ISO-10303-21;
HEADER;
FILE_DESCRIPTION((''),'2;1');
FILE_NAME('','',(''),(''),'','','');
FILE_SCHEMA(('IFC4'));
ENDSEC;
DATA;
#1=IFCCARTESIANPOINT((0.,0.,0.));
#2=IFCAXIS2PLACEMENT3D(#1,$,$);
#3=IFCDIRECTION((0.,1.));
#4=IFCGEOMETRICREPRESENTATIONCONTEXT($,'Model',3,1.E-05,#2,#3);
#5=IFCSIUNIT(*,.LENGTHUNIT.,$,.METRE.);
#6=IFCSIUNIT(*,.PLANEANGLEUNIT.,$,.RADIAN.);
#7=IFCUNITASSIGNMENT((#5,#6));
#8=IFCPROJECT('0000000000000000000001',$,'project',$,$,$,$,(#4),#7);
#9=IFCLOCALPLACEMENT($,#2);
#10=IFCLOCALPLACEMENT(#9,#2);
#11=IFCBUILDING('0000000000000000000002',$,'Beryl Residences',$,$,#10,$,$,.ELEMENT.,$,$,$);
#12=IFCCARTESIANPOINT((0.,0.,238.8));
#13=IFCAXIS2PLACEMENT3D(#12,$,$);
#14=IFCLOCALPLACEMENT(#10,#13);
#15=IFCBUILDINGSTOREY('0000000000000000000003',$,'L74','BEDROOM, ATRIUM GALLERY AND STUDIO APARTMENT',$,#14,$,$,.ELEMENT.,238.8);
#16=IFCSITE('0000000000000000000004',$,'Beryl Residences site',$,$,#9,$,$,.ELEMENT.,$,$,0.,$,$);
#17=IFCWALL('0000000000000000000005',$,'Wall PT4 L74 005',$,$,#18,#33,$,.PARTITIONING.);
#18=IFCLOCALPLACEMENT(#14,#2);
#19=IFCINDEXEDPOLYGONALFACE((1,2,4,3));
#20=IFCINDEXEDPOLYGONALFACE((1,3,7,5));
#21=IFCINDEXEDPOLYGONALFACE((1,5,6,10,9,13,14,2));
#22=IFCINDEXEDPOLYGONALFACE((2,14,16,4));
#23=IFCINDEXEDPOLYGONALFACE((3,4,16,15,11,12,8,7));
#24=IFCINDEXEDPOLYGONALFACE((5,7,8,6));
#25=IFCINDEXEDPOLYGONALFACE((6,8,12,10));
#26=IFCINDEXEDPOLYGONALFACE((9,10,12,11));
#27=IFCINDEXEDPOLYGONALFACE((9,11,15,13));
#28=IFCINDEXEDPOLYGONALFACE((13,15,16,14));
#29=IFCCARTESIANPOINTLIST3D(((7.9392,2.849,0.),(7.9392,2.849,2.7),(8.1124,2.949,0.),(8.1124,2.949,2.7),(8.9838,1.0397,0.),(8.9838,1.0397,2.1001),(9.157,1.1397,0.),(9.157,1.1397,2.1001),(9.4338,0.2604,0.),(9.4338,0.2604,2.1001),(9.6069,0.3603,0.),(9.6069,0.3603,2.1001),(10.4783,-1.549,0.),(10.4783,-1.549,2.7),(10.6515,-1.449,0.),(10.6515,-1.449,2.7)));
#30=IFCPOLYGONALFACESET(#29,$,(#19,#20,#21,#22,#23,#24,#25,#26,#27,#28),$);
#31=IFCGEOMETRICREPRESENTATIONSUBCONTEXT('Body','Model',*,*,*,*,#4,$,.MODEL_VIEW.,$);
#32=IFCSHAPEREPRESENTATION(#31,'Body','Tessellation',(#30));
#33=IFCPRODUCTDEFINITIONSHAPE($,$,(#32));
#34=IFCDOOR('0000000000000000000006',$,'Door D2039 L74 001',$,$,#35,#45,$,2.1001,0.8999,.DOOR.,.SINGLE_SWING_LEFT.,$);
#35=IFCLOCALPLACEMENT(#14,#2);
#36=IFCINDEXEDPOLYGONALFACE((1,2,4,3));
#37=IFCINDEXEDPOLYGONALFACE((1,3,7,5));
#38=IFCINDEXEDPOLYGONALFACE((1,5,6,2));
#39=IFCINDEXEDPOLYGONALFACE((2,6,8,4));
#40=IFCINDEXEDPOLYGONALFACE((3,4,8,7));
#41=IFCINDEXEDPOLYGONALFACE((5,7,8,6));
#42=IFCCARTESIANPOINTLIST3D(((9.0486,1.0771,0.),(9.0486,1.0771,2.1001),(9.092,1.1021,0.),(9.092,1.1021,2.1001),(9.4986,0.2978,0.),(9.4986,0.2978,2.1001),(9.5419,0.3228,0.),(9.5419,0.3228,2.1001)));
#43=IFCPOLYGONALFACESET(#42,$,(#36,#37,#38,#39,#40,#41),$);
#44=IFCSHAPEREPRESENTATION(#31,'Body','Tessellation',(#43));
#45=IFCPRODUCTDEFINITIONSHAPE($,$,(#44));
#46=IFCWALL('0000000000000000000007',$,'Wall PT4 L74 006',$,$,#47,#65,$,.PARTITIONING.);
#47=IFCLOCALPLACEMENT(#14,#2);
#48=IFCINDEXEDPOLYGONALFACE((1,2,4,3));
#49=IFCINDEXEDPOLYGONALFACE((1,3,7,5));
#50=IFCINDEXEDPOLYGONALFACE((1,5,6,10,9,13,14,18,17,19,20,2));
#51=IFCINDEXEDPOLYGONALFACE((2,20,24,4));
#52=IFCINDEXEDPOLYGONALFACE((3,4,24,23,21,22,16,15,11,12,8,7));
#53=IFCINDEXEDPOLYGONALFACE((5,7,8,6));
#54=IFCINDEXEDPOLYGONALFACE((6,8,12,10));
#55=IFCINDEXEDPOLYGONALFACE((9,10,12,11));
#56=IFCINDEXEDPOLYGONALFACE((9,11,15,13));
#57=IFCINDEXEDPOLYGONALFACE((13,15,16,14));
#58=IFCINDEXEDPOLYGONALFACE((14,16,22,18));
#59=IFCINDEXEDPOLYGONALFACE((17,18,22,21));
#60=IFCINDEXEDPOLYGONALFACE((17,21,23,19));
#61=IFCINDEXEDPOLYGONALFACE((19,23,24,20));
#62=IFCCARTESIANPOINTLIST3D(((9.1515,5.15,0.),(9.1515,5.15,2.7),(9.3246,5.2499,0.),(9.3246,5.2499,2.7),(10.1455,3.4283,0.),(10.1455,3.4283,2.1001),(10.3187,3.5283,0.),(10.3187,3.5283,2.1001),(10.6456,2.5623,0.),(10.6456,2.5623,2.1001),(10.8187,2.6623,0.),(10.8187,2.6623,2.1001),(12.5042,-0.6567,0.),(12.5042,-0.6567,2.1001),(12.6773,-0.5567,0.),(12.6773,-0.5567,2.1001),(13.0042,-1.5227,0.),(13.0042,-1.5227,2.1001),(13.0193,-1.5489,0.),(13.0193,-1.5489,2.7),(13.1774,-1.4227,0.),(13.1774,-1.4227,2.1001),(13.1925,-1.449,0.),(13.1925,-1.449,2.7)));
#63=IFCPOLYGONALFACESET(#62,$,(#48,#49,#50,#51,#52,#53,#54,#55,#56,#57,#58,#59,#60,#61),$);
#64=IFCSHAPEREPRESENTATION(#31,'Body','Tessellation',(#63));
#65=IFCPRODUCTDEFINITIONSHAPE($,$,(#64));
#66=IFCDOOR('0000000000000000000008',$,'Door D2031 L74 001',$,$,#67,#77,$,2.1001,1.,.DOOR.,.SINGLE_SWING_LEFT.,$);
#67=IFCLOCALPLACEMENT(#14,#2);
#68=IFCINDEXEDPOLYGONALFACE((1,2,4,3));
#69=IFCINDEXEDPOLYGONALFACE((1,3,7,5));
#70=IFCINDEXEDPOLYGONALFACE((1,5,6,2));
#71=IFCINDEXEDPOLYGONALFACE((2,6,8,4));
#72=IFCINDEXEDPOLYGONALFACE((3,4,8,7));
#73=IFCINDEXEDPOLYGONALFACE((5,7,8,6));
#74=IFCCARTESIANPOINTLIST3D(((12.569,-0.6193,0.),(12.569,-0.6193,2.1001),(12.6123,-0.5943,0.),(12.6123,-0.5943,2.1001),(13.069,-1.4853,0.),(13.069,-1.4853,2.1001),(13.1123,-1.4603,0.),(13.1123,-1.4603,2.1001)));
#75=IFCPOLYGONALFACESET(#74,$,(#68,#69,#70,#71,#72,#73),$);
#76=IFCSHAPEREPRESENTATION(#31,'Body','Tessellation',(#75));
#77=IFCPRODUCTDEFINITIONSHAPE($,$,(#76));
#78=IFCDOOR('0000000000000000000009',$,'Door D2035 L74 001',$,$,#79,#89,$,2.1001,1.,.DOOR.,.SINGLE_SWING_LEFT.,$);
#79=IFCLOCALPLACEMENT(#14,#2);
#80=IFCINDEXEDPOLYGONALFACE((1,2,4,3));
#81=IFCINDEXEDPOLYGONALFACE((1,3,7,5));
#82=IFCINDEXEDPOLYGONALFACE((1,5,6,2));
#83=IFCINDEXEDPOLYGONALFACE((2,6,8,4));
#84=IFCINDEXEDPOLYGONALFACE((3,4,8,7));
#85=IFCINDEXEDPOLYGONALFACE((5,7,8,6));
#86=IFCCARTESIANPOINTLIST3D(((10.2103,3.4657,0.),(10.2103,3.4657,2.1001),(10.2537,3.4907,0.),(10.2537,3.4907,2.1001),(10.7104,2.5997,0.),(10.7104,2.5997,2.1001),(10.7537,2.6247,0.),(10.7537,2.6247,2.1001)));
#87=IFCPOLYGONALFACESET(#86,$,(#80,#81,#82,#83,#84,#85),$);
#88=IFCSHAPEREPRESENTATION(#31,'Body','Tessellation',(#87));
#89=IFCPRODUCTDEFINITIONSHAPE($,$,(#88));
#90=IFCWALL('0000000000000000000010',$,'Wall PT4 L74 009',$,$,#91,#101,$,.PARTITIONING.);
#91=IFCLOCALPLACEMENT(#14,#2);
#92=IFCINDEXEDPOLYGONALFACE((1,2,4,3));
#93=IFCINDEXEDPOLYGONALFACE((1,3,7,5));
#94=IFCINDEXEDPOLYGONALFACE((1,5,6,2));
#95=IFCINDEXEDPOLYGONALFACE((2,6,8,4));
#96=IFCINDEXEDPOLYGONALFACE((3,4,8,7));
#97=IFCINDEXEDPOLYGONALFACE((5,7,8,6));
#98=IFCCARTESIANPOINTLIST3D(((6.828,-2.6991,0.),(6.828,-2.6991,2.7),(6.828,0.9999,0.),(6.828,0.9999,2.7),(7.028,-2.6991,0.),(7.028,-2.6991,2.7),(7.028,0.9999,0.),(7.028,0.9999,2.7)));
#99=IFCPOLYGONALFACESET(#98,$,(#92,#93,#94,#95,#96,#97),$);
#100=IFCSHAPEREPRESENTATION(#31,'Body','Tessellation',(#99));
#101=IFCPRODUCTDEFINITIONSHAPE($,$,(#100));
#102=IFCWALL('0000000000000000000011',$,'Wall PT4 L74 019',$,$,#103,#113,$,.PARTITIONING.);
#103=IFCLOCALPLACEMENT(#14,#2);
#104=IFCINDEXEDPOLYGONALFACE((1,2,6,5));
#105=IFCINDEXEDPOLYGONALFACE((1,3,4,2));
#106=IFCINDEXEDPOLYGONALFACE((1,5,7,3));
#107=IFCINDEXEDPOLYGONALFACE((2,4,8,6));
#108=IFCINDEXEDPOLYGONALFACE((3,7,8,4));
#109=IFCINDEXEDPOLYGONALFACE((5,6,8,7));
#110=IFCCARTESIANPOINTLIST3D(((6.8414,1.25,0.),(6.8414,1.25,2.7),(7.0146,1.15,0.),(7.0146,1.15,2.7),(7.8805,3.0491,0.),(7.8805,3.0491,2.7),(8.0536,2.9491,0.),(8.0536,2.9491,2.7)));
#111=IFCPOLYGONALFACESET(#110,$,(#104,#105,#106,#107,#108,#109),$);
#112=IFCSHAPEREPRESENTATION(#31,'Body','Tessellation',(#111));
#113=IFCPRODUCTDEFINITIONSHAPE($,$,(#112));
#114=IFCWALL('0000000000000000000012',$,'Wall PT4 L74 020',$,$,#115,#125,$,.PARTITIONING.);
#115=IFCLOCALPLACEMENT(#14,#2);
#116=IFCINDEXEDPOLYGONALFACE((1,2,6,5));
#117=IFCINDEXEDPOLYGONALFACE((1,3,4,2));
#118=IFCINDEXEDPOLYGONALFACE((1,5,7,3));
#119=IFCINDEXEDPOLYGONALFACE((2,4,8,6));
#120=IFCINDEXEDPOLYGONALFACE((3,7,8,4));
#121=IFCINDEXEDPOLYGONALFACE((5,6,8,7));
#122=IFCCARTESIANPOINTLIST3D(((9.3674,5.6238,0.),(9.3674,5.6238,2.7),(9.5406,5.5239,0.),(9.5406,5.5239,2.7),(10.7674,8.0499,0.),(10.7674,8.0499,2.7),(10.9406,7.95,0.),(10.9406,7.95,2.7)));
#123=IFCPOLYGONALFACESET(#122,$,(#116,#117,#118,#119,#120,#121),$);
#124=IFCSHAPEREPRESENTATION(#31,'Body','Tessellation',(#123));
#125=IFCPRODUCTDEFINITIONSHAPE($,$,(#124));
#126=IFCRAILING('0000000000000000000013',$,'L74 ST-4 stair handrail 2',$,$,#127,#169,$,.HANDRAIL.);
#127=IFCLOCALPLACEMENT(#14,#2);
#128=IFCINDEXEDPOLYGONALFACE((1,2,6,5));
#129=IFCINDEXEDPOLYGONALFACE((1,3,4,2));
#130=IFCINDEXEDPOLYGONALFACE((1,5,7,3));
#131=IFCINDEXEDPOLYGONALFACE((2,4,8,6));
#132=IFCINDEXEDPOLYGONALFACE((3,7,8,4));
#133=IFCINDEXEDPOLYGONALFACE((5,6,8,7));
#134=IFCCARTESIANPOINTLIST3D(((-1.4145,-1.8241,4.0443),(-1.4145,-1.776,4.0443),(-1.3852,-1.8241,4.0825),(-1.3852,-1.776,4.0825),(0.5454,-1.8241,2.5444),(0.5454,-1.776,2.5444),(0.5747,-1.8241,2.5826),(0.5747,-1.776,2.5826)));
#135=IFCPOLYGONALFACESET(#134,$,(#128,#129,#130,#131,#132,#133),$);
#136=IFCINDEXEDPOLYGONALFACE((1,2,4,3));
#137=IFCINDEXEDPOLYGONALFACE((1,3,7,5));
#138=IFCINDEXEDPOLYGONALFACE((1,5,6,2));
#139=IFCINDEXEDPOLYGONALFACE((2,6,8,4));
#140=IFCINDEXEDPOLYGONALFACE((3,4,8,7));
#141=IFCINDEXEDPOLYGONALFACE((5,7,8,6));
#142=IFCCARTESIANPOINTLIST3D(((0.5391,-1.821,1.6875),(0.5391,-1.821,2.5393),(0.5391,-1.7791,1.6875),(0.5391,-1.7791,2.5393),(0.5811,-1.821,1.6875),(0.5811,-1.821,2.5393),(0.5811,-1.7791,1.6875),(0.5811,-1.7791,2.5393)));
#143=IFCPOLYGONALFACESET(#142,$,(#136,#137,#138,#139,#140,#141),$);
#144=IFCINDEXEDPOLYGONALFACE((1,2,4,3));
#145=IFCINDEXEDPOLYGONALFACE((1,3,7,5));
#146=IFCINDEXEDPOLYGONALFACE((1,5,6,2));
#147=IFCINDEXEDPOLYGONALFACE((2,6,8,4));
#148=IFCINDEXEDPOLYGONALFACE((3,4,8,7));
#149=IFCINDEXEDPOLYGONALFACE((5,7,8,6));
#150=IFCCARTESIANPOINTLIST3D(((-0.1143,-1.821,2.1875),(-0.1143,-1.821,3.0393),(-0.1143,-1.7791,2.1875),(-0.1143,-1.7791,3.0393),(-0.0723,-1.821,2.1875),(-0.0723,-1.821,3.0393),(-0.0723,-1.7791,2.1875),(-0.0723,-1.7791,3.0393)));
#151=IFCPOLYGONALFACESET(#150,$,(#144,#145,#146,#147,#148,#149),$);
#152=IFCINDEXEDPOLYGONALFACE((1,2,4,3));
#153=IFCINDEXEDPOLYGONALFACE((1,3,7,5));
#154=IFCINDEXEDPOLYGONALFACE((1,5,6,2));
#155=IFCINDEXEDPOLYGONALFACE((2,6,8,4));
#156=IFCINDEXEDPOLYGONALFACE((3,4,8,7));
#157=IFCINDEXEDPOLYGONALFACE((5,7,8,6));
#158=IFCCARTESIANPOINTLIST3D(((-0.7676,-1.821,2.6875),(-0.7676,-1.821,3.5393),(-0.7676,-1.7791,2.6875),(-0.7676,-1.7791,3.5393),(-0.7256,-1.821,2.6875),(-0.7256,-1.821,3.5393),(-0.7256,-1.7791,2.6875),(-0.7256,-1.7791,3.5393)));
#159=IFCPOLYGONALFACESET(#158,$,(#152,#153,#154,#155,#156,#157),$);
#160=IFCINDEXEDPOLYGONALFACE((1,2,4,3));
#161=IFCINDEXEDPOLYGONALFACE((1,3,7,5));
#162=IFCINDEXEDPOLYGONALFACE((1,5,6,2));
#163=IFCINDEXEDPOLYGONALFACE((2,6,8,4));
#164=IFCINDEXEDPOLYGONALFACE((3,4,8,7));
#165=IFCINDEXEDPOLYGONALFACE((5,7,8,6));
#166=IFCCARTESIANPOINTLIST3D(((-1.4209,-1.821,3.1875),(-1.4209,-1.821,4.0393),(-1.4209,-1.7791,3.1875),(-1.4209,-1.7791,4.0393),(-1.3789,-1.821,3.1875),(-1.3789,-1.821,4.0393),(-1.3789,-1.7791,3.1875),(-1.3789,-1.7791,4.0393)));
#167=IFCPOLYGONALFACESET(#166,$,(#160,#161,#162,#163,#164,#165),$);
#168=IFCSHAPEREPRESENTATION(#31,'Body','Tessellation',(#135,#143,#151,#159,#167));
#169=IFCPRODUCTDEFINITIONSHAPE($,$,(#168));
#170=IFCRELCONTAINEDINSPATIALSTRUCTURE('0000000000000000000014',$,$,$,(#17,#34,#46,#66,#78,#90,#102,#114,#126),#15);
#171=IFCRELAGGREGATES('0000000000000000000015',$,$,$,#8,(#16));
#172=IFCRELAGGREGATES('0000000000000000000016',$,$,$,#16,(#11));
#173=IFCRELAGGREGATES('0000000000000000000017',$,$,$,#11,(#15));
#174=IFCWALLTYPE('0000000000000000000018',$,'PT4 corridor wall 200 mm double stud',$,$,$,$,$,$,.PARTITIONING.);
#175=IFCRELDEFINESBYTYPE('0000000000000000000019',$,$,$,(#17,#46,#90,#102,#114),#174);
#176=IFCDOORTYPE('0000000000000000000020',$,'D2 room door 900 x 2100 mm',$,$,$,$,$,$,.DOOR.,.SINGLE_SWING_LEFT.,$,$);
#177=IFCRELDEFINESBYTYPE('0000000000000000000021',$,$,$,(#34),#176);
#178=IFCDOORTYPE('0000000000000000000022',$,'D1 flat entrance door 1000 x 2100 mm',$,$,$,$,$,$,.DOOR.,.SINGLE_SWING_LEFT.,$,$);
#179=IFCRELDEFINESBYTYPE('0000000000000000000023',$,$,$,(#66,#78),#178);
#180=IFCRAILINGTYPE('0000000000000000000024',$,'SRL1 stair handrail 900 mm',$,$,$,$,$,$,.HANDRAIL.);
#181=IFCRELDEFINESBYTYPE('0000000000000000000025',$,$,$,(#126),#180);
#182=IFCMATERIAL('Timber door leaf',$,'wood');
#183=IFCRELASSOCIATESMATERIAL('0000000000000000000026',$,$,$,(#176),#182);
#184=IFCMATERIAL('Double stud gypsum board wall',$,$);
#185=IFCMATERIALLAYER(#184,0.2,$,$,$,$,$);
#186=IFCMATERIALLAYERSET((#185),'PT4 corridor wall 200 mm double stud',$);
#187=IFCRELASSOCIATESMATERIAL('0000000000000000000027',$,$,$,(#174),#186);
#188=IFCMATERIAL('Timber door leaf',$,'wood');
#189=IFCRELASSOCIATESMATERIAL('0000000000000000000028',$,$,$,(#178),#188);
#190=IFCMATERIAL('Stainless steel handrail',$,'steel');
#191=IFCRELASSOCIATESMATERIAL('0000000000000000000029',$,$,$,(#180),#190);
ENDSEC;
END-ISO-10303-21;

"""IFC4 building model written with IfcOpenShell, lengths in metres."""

from ifc_helpers import new_model, si_unit, direction, frame, frame_2d, origin, origin_2d, place, context, subcontext, project, spatial, rectangle, extrude, material, layer, layer_set, type_object, element, fill, save


model = new_model("IFC4")

# Units and contexts
model_context = context("Model", 3, precision=1e-05, world=origin(), true_north=direction((0.0, 1.0)))
body_context = subcontext(model_context, "Body", "Model", "MODEL_VIEW")
ifc_project = project(units=[si_unit("LENGTHUNIT", "METRE"), si_unit("PLANEANGLEUNIT", "RADIAN")], contexts=[model_context])

# Site, building, storey
site_placement = place(None, origin())
site = spatial("IfcSite", under=ifc_project, at=site_placement, Name="Beryl Residences site", CompositionType="ELEMENT", RefElevation=0.0)
building_placement = place(site_placement, origin())
building = spatial("IfcBuilding", under=site, at=building_placement, Name="Beryl Residences", CompositionType="ELEMENT")
storey_placement = place(building_placement, frame((0.0, 0.0, 238.8)))
storey = spatial("IfcBuildingStorey", under=building, at=storey_placement, Name="L74", Description="BEDROOM, ATRIUM GALLERY AND STUDIO APARTMENT", CompositionType="ELEMENT", Elevation=238.8)

# Shared definitions
ifc_material_1 = material(Name="Timber door leaf", Category="wood")
door_type_1 = type_object("IfcDoorType", Name="D2 room door 900 x 2100 mm", OperationType="SINGLE_SWING_LEFT", PredefinedType="DOOR", material=ifc_material_1)

# Wall, opening, door
ifc_material_2 = material(Name="Double stud gypsum board wall")
ifc_layer_1 = layer(ifc_material_2, 0.2)
ifc_layer_set_1 = layer_set([ifc_layer_1], Name="PT4 corridor wall 200 mm double stud")
wall_type_1 = type_object("IfcWallType", Name="PT4 corridor wall 200 mm double stud", PredefinedType="PARTITIONING", material=ifc_layer_set_1)
wall_1_placement = place(storey_placement, frame((8.0259, 2.8989, 0.0), z_axis=(0.0, 0.0, 1.0), x_axis=(0.499986, -0.866033, 0.0)))
wall_1 = element("IfcWall", 1, at=wall_1_placement, inside=storey, type_object=wall_type_1, Name="Wall PT4 L74 005", PredefinedType="PARTITIONING", context=body_context, shape_type="SweptSolid", body=[
    extrude(rectangle(XDim=5.0784, YDim=0.2, at=frame_2d((2.5391, 0.0))), origin(), (0.0, 0.0, 1.0), 2.7),
])
opening_1_placement = place(wall_1_placement, frame((2.0891, 0.0, 0.0)))
opening_1 = element("IfcOpeningElement", 2, at=opening_1_placement, cuts=wall_1, PredefinedType="OPENING", context=body_context, shape_type="SweptSolid", body=[
    extrude(rectangle(XDim=0.8999, YDim=2.1001, at=frame_2d((0.45, 1.05))), frame((0.0, 0.1099, 0.0), z_axis=(0.0, -1.0, 0.0), x_axis=(1.0, 0.0, 0.0)), (0.0, 0.0, 1.0), 0.22),
])
door_1_placement = place(opening_1_placement, origin())
door_1 = element("IfcDoor", 3, at=door_1_placement, inside=storey, type_object=door_type_1, Name="Door D2039 L74 001", OperationType="SINGLE_SWING_LEFT", OverallHeight=2.1001, OverallWidth=0.8999, PredefinedType="DOOR", context=body_context, shape_type="SweptSolid", body=[
    extrude(rectangle(XDim=0.8999, YDim=2.1001, at=frame_2d((0.45, 1.05))), frame((0.0, 0.0249, 0.0), z_axis=(0.0, -1.0, 0.0), x_axis=(1.0, 0.0, 0.0)), (0.0, 0.0, 1.0), 0.05),
])
fill(opening_1, door_1)

# Wall, openings, doors
wall_2_placement = place(storey_placement, frame((9.238, 5.2, 0.0), z_axis=(0.0, 0.0, 1.0), x_axis=(0.500026, -0.866011, 0.0)))
wall_2 = element("IfcWall", 4, at=wall_2_placement, inside=storey, type_object=wall_type_1, Name="Wall PT4 L74 006", PredefinedType="PARTITIONING", context=body_context, shape_type="SweptSolid", body=[
    extrude(rectangle(XDim=7.7354, YDim=0.2, at=frame_2d((3.8677, 0.0))), origin(), (0.0, 0.0, 1.0), 2.7),
])
opening_2_placement = place(wall_2_placement, frame((6.7051, 0.0, 0.0)))
opening_2 = element("IfcOpeningElement", 5, at=opening_2_placement, cuts=wall_2, PredefinedType="OPENING", context=body_context, shape_type="SweptSolid", body=[
    extrude(rectangle(XDim=1.0, YDim=2.1001, at=frame_2d((0.5, 1.05))), frame((0.0, 0.1099, 0.0), z_axis=(0.0, -1.0, 0.0), x_axis=(1.0, 0.0, 0.0)), (0.0, 0.0, 1.0), 0.22),
])
opening_3_placement = place(wall_2_placement, frame((1.988, 0.0, 0.0)))
opening_3 = element("IfcOpeningElement", 6, at=opening_3_placement, cuts=wall_2, PredefinedType="OPENING", context=body_context, shape_type="SweptSolid", body=[
    extrude(rectangle(XDim=1.0, YDim=2.1001, at=frame_2d((0.5, 1.05))), frame((0.0, 0.1099, 0.0), z_axis=(0.0, -1.0, 0.0), x_axis=(1.0, 0.0, 0.0)), (0.0, 0.0, 1.0), 0.22),
])
ifc_material_3 = material(Name="Timber door leaf", Category="wood")
door_type_2 = type_object("IfcDoorType", Name="D1 flat entrance door 1000 x 2100 mm", OperationType="SINGLE_SWING_LEFT", PredefinedType="DOOR", material=ifc_material_3)
door_2_placement = place(opening_2_placement, origin())
door_2 = element("IfcDoor", 7, at=door_2_placement, inside=storey, type_object=door_type_2, Name="Door D2031 L74 001", OperationType="SINGLE_SWING_LEFT", OverallHeight=2.1001, OverallWidth=1.0, PredefinedType="DOOR", context=body_context, shape_type="SweptSolid", body=[
    extrude(rectangle(XDim=1.0, YDim=2.1001, at=frame_2d((0.5, 1.05))), frame((0.0, 0.0249, 0.0), z_axis=(0.0, -1.0, 0.0), x_axis=(1.0, 0.0, 0.0)), (0.0, 0.0, 1.0), 0.05),
])
fill(opening_2, door_2)
door_3_placement = place(opening_3_placement, origin())
door_3 = element("IfcDoor", 8, at=door_3_placement, inside=storey, type_object=door_type_2, Name="Door D2035 L74 001", OperationType="SINGLE_SWING_LEFT", OverallHeight=2.1001, OverallWidth=1.0, PredefinedType="DOOR", context=body_context, shape_type="SweptSolid", body=[
    extrude(rectangle(XDim=1.0, YDim=2.1001, at=frame_2d((0.5, 1.05))), frame((0.0, 0.0249, 0.0), z_axis=(0.0, -1.0, 0.0), x_axis=(1.0, 0.0, 0.0)), (0.0, 0.0, 1.0), 0.05),
])
fill(opening_3, door_3)

# Walls
wall_3_placement = place(storey_placement, frame((6.928, 1.0, 0.0), z_axis=(0.0, 0.0, 1.0), x_axis=(0.0, -1.0, 0.0)))
element("IfcWall", 9, at=wall_3_placement, inside=storey, type_object=wall_type_1, Name="Wall PT4 L74 009", PredefinedType="PARTITIONING", context=body_context, shape_type="SweptSolid", body=[
    extrude(rectangle(XDim=3.699, YDim=0.2, at=frame_2d((1.8496, 0.0))), origin(), (0.0, 0.0, 1.0), 2.7),
])
wall_4_placement = place(storey_placement, frame((6.928, 1.2, 0.0), z_axis=(0.0, 0.0, 1.0), x_axis=(0.500133, 0.865949, 0.0)))
element("IfcWall", 10, at=wall_4_placement, inside=storey, type_object=wall_type_1, Name="Wall PT4 L74 019", PredefinedType="PARTITIONING", context=body_context, shape_type="SweptSolid", body=[
    extrude(rectangle(XDim=2.0776, YDim=0.2, at=frame_2d((1.0388, 0.0))), origin(), (0.0, 0.0, 1.0), 2.7),
])
wall_5_placement = place(storey_placement, frame((9.4541, 5.574, 0.0), z_axis=(0.0, 0.0, 1.0), x_axis=(0.499795, 0.866144, 0.0)))
element("IfcWall", 11, at=wall_5_placement, inside=storey, type_object=wall_type_1, Name="Wall PT4 L74 020", PredefinedType="PARTITIONING", context=body_context, shape_type="SweptSolid", body=[
    extrude(rectangle(XDim=2.801, YDim=0.2, at=frame_2d((1.4004, 0.0))), origin(), (0.0, 0.0, 1.0), 2.7),
])

# Railing
ifc_material_4 = material(Name="Stainless steel handrail", Category="steel")
railing_type_1 = type_object("IfcRailingType", Name="SRL1 stair handrail 900 mm", PredefinedType="HANDRAIL", material=ifc_material_4)
railing_1_placement = place(storey_placement, frame((0.5601, -1.8, 1.6875)))
element("IfcRailing", 12, at=railing_1_placement, inside=storey, type_object=railing_type_1, Name="L74 ST-4 stair handrail 2", PredefinedType="HANDRAIL", context=body_context, shape_type="SweptSolid", body=[
    extrude(rectangle(XDim=0.0481, YDim=0.0481, at=origin_2d()), frame((0.0, 0.0, 0.876), z_axis=(-0.794122, 0.0, 0.607758), x_axis=(0.0, -1.0, 0.0)), (0.0, 0.0, 1.0), 2.468),
    extrude(rectangle(XDim=0.042, YDim=0.042, at=origin_2d()), origin(), (0.0, 0.0, 1.0), 0.8518),
    extrude(rectangle(XDim=0.042, YDim=0.042, at=origin_2d()), frame((-0.6533, 0.0, 0.5)), (0.0, 0.0, 1.0), 0.8518),
    extrude(rectangle(XDim=0.042, YDim=0.042, at=origin_2d()), frame((-1.3066, 0.0, 1.0)), (0.0, 0.0, 1.0), 0.8518),
    extrude(rectangle(XDim=0.042, YDim=0.042, at=origin_2d()), frame((-1.96, 0.0, 1.5)), (0.0, 0.0, 1.0), 0.8518),
])

save(model, "model.ifc")
